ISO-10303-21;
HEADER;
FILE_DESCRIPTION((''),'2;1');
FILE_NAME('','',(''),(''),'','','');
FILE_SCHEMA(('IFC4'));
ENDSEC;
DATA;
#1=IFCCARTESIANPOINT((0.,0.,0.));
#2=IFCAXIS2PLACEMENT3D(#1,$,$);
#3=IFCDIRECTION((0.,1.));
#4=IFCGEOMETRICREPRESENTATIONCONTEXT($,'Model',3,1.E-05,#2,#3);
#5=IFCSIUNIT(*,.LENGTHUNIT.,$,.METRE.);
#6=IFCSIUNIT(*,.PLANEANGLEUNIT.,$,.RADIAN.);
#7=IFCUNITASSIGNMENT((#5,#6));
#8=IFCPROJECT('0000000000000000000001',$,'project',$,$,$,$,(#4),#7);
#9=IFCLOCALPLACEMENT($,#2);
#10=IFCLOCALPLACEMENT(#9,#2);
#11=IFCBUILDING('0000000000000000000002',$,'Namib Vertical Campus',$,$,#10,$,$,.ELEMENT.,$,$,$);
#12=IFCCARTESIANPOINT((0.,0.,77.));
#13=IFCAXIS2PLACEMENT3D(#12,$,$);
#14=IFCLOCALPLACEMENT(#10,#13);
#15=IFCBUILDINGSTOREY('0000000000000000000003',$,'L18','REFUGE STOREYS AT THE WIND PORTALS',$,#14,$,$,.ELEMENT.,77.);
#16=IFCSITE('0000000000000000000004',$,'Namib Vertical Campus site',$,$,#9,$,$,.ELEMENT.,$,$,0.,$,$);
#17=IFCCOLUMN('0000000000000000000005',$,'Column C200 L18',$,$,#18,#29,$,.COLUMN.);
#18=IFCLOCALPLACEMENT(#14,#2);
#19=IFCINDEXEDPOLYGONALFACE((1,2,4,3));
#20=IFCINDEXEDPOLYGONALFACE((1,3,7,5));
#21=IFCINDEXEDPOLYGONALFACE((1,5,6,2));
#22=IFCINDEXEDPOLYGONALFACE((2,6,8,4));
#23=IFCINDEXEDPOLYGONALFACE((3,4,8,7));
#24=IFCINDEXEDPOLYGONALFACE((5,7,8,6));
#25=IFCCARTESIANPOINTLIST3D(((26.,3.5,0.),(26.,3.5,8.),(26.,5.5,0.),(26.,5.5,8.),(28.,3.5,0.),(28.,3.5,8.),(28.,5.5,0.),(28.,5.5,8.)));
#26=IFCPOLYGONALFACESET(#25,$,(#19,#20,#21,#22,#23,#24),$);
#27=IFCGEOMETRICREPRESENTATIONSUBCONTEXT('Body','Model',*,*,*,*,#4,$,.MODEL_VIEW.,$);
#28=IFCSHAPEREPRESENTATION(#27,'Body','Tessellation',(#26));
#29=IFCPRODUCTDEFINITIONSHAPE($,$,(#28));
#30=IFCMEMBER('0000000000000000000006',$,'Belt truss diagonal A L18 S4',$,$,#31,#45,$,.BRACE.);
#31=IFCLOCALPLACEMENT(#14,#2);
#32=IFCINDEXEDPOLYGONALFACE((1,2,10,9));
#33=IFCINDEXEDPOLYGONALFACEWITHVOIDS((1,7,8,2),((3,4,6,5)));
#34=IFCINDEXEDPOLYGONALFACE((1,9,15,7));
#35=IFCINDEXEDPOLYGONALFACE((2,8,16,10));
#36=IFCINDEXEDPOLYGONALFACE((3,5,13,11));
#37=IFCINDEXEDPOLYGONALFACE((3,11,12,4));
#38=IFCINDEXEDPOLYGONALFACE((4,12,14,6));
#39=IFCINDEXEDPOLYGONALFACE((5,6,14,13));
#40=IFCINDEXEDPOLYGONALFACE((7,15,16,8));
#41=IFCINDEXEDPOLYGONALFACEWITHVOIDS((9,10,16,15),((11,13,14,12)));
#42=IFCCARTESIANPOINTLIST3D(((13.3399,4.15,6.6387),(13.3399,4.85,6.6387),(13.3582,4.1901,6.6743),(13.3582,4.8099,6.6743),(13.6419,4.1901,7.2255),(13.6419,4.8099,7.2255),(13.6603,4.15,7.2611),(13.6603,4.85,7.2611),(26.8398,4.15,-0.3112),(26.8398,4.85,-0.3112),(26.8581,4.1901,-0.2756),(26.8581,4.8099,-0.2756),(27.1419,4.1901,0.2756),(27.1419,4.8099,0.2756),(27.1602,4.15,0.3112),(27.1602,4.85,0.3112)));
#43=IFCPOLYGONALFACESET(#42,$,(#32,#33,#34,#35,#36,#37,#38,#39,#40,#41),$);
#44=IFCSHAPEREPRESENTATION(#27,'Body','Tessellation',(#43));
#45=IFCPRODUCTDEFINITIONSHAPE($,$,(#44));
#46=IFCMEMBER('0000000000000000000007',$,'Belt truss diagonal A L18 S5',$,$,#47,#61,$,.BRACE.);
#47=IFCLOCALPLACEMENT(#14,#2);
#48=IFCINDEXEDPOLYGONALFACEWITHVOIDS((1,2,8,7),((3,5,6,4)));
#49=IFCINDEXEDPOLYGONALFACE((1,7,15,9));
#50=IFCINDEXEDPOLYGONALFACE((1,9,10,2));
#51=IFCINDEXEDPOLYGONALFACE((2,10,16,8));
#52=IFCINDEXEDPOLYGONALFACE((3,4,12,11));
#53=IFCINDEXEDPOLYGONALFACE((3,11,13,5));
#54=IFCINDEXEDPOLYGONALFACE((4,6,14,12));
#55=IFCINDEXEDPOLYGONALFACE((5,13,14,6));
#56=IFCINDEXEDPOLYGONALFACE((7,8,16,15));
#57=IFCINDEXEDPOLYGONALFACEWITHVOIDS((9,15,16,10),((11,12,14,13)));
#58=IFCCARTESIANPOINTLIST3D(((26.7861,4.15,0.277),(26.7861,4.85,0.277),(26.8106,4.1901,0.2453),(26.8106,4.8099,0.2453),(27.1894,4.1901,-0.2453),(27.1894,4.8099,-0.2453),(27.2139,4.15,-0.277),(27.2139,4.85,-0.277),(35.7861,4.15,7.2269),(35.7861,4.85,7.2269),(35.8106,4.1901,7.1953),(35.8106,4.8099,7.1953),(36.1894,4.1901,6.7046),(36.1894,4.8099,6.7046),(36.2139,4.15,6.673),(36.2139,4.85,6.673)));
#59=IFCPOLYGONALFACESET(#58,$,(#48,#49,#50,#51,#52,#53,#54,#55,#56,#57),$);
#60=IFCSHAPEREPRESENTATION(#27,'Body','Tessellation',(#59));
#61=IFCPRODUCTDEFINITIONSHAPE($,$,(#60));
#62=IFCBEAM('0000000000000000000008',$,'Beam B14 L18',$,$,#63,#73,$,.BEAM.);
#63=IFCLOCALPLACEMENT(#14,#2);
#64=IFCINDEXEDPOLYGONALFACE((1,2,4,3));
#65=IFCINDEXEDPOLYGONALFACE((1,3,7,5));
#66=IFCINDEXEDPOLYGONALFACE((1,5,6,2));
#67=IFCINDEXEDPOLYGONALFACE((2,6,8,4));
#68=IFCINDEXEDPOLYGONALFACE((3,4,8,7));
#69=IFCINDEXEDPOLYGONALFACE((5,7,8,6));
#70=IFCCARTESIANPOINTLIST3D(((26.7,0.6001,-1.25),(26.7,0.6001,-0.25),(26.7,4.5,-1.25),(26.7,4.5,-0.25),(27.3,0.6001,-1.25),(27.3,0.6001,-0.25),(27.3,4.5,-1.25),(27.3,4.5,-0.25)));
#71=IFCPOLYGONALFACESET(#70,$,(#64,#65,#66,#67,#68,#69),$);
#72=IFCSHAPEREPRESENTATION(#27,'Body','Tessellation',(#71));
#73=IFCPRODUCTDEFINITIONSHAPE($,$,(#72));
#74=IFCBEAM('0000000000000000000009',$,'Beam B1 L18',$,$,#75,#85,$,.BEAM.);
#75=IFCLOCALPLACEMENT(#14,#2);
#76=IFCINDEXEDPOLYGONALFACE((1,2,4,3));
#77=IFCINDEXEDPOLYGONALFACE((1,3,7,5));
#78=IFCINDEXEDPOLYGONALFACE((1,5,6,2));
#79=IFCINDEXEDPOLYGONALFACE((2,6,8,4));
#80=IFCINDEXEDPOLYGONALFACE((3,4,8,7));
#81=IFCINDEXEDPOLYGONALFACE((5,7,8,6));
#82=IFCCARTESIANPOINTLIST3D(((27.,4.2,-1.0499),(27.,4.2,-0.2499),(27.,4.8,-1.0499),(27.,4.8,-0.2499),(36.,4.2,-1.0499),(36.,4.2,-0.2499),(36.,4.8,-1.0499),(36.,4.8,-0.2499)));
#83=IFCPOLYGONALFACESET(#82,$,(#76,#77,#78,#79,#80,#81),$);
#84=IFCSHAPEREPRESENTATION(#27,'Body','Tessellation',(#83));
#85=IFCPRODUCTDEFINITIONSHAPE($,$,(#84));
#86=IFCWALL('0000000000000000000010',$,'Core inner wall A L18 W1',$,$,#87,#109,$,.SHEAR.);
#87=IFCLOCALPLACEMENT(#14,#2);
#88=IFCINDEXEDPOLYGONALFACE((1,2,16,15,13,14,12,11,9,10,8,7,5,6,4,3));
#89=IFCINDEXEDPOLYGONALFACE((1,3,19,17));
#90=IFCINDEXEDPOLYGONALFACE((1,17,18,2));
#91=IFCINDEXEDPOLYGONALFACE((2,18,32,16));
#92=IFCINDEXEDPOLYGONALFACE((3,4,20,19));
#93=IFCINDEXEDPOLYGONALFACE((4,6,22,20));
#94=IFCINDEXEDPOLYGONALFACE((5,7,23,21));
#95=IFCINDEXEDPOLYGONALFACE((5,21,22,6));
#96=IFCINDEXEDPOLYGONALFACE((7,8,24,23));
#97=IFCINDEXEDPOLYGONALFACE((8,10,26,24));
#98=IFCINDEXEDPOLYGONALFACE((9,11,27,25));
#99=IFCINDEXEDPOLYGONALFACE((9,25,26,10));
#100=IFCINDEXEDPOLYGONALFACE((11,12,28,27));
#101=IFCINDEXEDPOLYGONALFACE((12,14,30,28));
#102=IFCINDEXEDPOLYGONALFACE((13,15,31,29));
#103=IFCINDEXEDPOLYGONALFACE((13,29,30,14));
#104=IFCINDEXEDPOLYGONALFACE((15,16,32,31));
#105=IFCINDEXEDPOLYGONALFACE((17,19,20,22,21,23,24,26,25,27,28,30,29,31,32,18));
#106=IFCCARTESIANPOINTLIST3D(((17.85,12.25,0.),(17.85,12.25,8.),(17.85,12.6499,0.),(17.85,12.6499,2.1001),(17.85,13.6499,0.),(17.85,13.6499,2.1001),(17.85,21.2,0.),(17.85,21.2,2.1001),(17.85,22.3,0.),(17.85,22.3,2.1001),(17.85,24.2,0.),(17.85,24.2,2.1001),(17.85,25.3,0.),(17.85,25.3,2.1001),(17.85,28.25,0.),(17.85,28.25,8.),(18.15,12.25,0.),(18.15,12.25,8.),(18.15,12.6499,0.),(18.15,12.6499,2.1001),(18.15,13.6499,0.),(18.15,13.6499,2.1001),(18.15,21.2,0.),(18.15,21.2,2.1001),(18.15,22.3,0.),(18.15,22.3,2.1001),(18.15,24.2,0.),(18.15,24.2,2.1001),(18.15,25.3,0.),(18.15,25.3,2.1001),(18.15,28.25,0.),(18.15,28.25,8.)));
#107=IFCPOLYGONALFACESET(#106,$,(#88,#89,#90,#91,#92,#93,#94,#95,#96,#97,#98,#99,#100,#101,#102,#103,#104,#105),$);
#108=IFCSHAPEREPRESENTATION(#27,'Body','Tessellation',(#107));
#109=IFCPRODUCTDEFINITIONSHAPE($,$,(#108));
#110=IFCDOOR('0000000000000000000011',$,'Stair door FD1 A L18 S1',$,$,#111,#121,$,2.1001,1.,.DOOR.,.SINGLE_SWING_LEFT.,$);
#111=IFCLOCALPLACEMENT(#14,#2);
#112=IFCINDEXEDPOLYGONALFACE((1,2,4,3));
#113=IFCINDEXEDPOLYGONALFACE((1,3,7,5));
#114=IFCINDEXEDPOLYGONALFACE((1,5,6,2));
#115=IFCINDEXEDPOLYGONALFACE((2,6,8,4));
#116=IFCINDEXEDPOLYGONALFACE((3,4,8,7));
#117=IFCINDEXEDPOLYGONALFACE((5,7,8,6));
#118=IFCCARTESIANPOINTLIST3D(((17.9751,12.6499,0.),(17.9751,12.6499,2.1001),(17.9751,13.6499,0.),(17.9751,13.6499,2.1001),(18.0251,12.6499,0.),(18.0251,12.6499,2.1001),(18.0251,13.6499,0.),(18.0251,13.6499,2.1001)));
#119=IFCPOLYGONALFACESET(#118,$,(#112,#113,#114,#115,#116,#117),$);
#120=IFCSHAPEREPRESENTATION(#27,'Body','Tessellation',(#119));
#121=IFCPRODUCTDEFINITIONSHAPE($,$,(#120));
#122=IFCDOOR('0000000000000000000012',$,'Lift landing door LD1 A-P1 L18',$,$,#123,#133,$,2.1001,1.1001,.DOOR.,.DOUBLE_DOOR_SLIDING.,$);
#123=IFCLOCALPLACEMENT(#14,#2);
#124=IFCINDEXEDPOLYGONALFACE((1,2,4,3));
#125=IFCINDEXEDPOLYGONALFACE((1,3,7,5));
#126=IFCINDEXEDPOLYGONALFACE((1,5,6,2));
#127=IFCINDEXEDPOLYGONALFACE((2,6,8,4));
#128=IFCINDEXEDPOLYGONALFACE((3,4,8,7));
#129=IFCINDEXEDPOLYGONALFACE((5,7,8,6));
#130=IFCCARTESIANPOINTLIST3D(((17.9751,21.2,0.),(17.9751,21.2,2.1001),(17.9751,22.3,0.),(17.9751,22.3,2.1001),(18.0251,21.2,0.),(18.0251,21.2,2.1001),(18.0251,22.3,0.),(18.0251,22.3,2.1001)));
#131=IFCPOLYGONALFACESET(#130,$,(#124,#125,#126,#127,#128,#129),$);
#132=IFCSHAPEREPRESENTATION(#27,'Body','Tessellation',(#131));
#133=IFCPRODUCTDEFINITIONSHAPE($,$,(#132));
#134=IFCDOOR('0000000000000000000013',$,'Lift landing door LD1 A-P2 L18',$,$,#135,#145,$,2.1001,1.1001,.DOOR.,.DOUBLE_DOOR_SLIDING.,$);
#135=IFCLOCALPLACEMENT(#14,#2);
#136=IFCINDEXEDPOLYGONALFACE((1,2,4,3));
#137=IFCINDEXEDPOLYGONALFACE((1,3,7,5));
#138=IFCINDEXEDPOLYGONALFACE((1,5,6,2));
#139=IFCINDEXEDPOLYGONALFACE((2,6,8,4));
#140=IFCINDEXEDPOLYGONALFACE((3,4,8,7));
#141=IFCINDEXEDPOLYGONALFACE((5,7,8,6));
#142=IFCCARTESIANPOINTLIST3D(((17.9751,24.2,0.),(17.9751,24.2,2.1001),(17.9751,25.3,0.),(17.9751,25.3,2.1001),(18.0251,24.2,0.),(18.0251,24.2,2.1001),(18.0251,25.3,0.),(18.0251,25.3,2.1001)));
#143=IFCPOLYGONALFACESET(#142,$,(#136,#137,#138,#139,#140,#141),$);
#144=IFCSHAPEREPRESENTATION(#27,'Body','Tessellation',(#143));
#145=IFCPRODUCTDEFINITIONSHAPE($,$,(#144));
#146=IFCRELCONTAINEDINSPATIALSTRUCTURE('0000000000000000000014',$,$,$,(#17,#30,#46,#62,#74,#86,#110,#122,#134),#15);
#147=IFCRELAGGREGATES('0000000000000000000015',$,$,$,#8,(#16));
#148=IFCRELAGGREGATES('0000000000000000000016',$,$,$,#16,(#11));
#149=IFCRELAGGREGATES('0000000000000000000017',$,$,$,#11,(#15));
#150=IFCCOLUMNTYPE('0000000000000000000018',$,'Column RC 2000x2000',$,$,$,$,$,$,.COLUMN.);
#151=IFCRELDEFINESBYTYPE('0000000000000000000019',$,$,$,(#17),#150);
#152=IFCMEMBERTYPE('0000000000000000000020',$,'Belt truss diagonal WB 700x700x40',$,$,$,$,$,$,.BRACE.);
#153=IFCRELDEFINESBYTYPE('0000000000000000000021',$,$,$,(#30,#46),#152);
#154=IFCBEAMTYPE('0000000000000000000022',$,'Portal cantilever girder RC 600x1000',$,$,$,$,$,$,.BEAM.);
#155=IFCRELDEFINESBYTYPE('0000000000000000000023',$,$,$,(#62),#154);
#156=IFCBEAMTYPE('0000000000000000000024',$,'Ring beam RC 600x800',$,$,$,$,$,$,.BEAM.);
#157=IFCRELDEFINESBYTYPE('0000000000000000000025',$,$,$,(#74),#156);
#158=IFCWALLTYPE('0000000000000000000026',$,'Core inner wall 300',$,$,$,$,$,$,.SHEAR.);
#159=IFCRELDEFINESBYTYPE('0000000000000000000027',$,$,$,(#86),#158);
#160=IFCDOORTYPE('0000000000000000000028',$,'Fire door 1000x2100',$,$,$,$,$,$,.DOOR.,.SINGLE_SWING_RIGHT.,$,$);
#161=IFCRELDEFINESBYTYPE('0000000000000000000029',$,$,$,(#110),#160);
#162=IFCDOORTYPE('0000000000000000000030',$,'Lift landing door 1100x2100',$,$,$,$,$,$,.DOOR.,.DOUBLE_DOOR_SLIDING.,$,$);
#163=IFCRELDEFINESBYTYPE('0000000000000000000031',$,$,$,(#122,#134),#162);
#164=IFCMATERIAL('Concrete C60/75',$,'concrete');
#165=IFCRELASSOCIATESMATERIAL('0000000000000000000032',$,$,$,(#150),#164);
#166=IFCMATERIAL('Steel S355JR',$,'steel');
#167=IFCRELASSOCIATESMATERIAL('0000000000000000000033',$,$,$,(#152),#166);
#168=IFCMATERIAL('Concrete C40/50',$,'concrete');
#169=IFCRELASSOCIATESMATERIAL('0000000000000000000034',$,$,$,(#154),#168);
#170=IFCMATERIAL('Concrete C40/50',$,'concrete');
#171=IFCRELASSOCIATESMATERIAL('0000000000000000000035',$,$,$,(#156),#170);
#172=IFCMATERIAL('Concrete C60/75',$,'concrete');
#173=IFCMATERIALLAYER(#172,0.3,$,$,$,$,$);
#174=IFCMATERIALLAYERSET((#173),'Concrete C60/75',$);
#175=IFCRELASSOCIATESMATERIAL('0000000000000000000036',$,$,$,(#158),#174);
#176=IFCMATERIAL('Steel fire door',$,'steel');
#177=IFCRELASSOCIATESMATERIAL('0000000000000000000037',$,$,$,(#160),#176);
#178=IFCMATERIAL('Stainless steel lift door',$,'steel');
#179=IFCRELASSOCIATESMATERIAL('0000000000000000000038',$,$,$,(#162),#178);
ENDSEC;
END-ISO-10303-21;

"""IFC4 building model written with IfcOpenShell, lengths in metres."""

from ifc_helpers import new_model, si_unit, direction, frame, frame_2d, origin, origin_2d, place, context, subcontext, project, spatial, rectangle, hollow_rectangle, extrude, material, layer, layer_set, material_profile, profile_set, type_object, element, fill, save


model = new_model("IFC4")

# Units and contexts
model_context = context("Model", 3, precision=1e-05, world=origin(), true_north=direction((0.0, 1.0)))
body_context = subcontext(model_context, "Body", "Model", "MODEL_VIEW")
ifc_project = project(units=[si_unit("LENGTHUNIT", "METRE"), si_unit("PLANEANGLEUNIT", "RADIAN")], contexts=[model_context])

# Site, building, storey
site_placement = place(None, origin())
site = spatial("IfcSite", under=ifc_project, at=site_placement, Name="Namib Vertical Campus site", CompositionType="ELEMENT", RefElevation=0.0)
building_placement = place(site_placement, origin())
building = spatial("IfcBuilding", under=site, at=building_placement, Name="Namib Vertical Campus", CompositionType="ELEMENT")
storey_placement = place(building_placement, frame((0.0, 0.0, 77.0)))
storey = spatial("IfcBuildingStorey", under=building, at=storey_placement, Name="L18", Description="REFUGE STOREYS AT THE WIND PORTALS", CompositionType="ELEMENT", Elevation=77.0)

# Column
ifc_material_1 = material(Name="Concrete C60/75", Category="concrete")
ifc_material_profile_1 = material_profile(ifc_material_1, rectangle(XDim=2.0, YDim=2.0, at=origin_2d()))
ifc_profile_set_1 = profile_set([ifc_material_profile_1], Name="Concrete C60/75")
column_type = type_object("IfcColumnType", Name="Column RC 2000x2000", PredefinedType="COLUMN", material=ifc_profile_set_1)
column_placement = place(storey_placement, frame((27.0, 4.5, 0.0), z_axis=(0.0, 0.0, 1.0), x_axis=(1.0, 0.0, 0.0)))
element("IfcColumn", 1, at=column_placement, inside=storey, type_object=column_type, Name="Column C200 L18", PredefinedType="COLUMN", context=body_context, shape_type="SweptSolid", body=[
    extrude(rectangle(XDim=2.0, YDim=2.0, at=origin_2d()), origin(), (0.0, 0.0, 1.0), 8.0),
])

# Members
ifc_material_2 = material(Name="Steel S355JR", Category="steel")
ifc_material_profile_2 = material_profile(ifc_material_2, hollow_rectangle(XDim=0.7, YDim=0.7, WallThickness=0.04, at=origin_2d()))
ifc_profile_set_2 = profile_set([ifc_material_profile_2], Name="Steel S355JR")
member_type = type_object("IfcMemberType", Name="Belt truss diagonal WB 700x700x40", PredefinedType="BRACE", material=ifc_profile_set_2)
member_1_placement = place(storey_placement, frame((27.0, 4.5, 0.0), z_axis=(-0.889098, 0.0, 0.457717), x_axis=(0.0, -1.0, 0.0)))
element("IfcMember", 2, at=member_1_placement, inside=storey, type_object=member_type, Name="Belt truss diagonal A L18 S4", PredefinedType="BRACE", context=body_context, shape_type="SweptSolid", body=[
    extrude(hollow_rectangle(XDim=0.7, YDim=0.7, WallThickness=0.04, at=origin_2d()), origin(), (0.0, 0.0, 1.0), 15.1838),
])
member_2_placement = place(storey_placement, frame((27.0, 4.5, 0.0), z_axis=(0.79148, 0.0, 0.611194), x_axis=(0.0, 1.0, 0.0)))
element("IfcMember", 3, at=member_2_placement, inside=storey, type_object=member_type, Name="Belt truss diagonal A L18 S5", PredefinedType="BRACE", context=body_context, shape_type="SweptSolid", body=[
    extrude(hollow_rectangle(XDim=0.7, YDim=0.7, WallThickness=0.04, at=origin_2d()), origin(), (0.0, 0.0, 1.0), 11.3711),
])

# Beams
ifc_material_3 = material(Name="Concrete C40/50", Category="concrete")
ifc_material_profile_3 = material_profile(ifc_material_3, rectangle(XDim=0.6001, YDim=1.0, at=origin_2d()))
ifc_profile_set_3 = profile_set([ifc_material_profile_3], Name="Concrete C40/50")
beam_type_1 = type_object("IfcBeamType", Name="Portal cantilever girder RC 600x1000", PredefinedType="BEAM", material=ifc_profile_set_3)
beam_1_placement = place(storey_placement, frame((27.0, 4.5, -0.75), z_axis=(0.0, -1.0, 0.0), x_axis=(1.0, 0.0, 0.0)))
element("IfcBeam", 4, at=beam_1_placement, inside=storey, type_object=beam_type_1, Name="Beam B14 L18", PredefinedType="BEAM", context=body_context, shape_type="SweptSolid", body=[
    extrude(rectangle(XDim=0.6001, YDim=1.0, at=origin_2d()), origin(), (0.0, 0.0, 1.0), 3.8999),
])
ifc_material_4 = material(Name="Concrete C40/50", Category="concrete")
ifc_material_profile_4 = material_profile(ifc_material_4, rectangle(XDim=0.6001, YDim=0.8, at=origin_2d()))
ifc_profile_set_4 = profile_set([ifc_material_profile_4], Name="Concrete C40/50")
beam_type_2 = type_object("IfcBeamType", Name="Ring beam RC 600x800", PredefinedType="BEAM", material=ifc_profile_set_4)
beam_2_placement = place(storey_placement, frame((27.0, 4.5, -0.6499), z_axis=(1.0, 0.0, 0.0), x_axis=(0.0, 1.0, 0.0)))
element("IfcBeam", 5, at=beam_2_placement, inside=storey, type_object=beam_type_2, Name="Beam B1 L18", PredefinedType="BEAM", context=body_context, shape_type="SweptSolid", body=[
    extrude(rectangle(XDim=0.6001, YDim=0.8, at=origin_2d()), origin(), (0.0, 0.0, 1.0), 9.0),
])

# Wall, openings, doors
ifc_material_5 = material(Name="Concrete C60/75", Category="concrete")
ifc_layer_1 = layer(ifc_material_5, 0.3)
ifc_layer_set_1 = layer_set([ifc_layer_1], Name="Concrete C60/75")
wall_type_1 = type_object("IfcWallType", Name="Core inner wall 300", PredefinedType="SHEAR", material=ifc_layer_set_1)
wall_1_placement = place(storey_placement, frame((18.0, 12.25, 0.0), z_axis=(0.0, 0.0, 1.0), x_axis=(0.0, 1.0, 0.0)))
wall_1 = element("IfcWall", 6, at=wall_1_placement, inside=storey, type_object=wall_type_1, Name="Core inner wall A L18 W1", PredefinedType="SHEAR", context=body_context, shape_type="SweptSolid", body=[
    extrude(rectangle(XDim=16.0, YDim=0.3, at=frame_2d((8.0, 0.0))), origin(), (0.0, 0.0, 1.0), 8.0),
])
opening_1_placement = place(wall_1_placement, frame((0.3999, 0.0, 0.0)))
opening_1 = element("IfcOpeningElement", 7, at=opening_1_placement, cuts=wall_1, PredefinedType="OPENING", context=body_context, shape_type="SweptSolid", body=[
    extrude(rectangle(XDim=1.0, YDim=2.1001, at=frame_2d((0.5, 1.05))), frame((0.0, 0.1599, 0.0), z_axis=(0.0, -1.0, 0.0), x_axis=(1.0, 0.0, 0.0)), (0.0, 0.0, 1.0), 0.3201),
])
opening_2_placement = place(wall_1_placement, frame((8.95, 0.0, 0.0)))
opening_2 = element("IfcOpeningElement", 8, at=opening_2_placement, cuts=wall_1, PredefinedType="OPENING", context=body_context, shape_type="SweptSolid", body=[
    extrude(rectangle(XDim=1.1001, YDim=2.1001, at=frame_2d((0.55, 1.05))), frame((0.0, 0.1599, 0.0), z_axis=(0.0, -1.0, 0.0), x_axis=(1.0, 0.0, 0.0)), (0.0, 0.0, 1.0), 0.3201),
])
opening_3_placement = place(wall_1_placement, frame((11.95, 0.0, 0.0)))
opening_3 = element("IfcOpeningElement", 9, at=opening_3_placement, cuts=wall_1, PredefinedType="OPENING", context=body_context, shape_type="SweptSolid", body=[
    extrude(rectangle(XDim=1.1001, YDim=2.1001, at=frame_2d((0.55, 1.05))), frame((0.0, 0.1599, 0.0), z_axis=(0.0, -1.0, 0.0), x_axis=(1.0, 0.0, 0.0)), (0.0, 0.0, 1.0), 0.3201),
])
ifc_material_6 = material(Name="Steel fire door", Category="steel")
door_type_1 = type_object("IfcDoorType", Name="Fire door 1000x2100", OperationType="SINGLE_SWING_RIGHT", PredefinedType="DOOR", material=ifc_material_6)
door_1_placement = place(opening_1_placement, origin())
door_1 = element("IfcDoor", 10, at=door_1_placement, inside=storey, type_object=door_type_1, Name="Stair door FD1 A L18 S1", OperationType="SINGLE_SWING_LEFT", OverallHeight=2.1001, OverallWidth=1.0, PredefinedType="DOOR", context=body_context, shape_type="SweptSolid", body=[
    extrude(rectangle(XDim=1.0, YDim=2.1001, at=frame_2d((0.5, 1.05))), frame((0.0, 0.0249, 0.0), z_axis=(0.0, -1.0, 0.0), x_axis=(1.0, 0.0, 0.0)), (0.0, 0.0, 1.0), 0.05),
])
fill(opening_1, door_1)
ifc_material_7 = material(Name="Stainless steel lift door", Category="steel")
door_type_2 = type_object("IfcDoorType", Name="Lift landing door 1100x2100", OperationType="DOUBLE_DOOR_SLIDING", PredefinedType="DOOR", material=ifc_material_7)
door_2_placement = place(opening_2_placement, origin())
door_2 = element("IfcDoor", 11, at=door_2_placement, inside=storey, type_object=door_type_2, Name="Lift landing door LD1 A-P1 L18", OperationType="DOUBLE_DOOR_SLIDING", OverallHeight=2.1001, OverallWidth=1.1001, PredefinedType="DOOR", context=body_context, shape_type="SweptSolid", body=[
    extrude(rectangle(XDim=1.1001, YDim=2.1001, at=frame_2d((0.55, 1.05))), frame((0.0, 0.0249, 0.0), z_axis=(0.0, -1.0, 0.0), x_axis=(1.0, 0.0, 0.0)), (0.0, 0.0, 1.0), 0.05),
])
fill(opening_2, door_2)
door_3_placement = place(opening_3_placement, origin())
door_3 = element("IfcDoor", 12, at=door_3_placement, inside=storey, type_object=door_type_2, Name="Lift landing door LD1 A-P2 L18", OperationType="DOUBLE_DOOR_SLIDING", OverallHeight=2.1001, OverallWidth=1.1001, PredefinedType="DOOR", context=body_context, shape_type="SweptSolid", body=[
    extrude(rectangle(XDim=1.1001, YDim=2.1001, at=frame_2d((0.55, 1.05))), frame((0.0, 0.0249, 0.0), z_axis=(0.0, -1.0, 0.0), x_axis=(1.0, 0.0, 0.0)), (0.0, 0.0, 1.0), 0.05),
])
fill(opening_3, door_3)

save(model, "model.ifc")
